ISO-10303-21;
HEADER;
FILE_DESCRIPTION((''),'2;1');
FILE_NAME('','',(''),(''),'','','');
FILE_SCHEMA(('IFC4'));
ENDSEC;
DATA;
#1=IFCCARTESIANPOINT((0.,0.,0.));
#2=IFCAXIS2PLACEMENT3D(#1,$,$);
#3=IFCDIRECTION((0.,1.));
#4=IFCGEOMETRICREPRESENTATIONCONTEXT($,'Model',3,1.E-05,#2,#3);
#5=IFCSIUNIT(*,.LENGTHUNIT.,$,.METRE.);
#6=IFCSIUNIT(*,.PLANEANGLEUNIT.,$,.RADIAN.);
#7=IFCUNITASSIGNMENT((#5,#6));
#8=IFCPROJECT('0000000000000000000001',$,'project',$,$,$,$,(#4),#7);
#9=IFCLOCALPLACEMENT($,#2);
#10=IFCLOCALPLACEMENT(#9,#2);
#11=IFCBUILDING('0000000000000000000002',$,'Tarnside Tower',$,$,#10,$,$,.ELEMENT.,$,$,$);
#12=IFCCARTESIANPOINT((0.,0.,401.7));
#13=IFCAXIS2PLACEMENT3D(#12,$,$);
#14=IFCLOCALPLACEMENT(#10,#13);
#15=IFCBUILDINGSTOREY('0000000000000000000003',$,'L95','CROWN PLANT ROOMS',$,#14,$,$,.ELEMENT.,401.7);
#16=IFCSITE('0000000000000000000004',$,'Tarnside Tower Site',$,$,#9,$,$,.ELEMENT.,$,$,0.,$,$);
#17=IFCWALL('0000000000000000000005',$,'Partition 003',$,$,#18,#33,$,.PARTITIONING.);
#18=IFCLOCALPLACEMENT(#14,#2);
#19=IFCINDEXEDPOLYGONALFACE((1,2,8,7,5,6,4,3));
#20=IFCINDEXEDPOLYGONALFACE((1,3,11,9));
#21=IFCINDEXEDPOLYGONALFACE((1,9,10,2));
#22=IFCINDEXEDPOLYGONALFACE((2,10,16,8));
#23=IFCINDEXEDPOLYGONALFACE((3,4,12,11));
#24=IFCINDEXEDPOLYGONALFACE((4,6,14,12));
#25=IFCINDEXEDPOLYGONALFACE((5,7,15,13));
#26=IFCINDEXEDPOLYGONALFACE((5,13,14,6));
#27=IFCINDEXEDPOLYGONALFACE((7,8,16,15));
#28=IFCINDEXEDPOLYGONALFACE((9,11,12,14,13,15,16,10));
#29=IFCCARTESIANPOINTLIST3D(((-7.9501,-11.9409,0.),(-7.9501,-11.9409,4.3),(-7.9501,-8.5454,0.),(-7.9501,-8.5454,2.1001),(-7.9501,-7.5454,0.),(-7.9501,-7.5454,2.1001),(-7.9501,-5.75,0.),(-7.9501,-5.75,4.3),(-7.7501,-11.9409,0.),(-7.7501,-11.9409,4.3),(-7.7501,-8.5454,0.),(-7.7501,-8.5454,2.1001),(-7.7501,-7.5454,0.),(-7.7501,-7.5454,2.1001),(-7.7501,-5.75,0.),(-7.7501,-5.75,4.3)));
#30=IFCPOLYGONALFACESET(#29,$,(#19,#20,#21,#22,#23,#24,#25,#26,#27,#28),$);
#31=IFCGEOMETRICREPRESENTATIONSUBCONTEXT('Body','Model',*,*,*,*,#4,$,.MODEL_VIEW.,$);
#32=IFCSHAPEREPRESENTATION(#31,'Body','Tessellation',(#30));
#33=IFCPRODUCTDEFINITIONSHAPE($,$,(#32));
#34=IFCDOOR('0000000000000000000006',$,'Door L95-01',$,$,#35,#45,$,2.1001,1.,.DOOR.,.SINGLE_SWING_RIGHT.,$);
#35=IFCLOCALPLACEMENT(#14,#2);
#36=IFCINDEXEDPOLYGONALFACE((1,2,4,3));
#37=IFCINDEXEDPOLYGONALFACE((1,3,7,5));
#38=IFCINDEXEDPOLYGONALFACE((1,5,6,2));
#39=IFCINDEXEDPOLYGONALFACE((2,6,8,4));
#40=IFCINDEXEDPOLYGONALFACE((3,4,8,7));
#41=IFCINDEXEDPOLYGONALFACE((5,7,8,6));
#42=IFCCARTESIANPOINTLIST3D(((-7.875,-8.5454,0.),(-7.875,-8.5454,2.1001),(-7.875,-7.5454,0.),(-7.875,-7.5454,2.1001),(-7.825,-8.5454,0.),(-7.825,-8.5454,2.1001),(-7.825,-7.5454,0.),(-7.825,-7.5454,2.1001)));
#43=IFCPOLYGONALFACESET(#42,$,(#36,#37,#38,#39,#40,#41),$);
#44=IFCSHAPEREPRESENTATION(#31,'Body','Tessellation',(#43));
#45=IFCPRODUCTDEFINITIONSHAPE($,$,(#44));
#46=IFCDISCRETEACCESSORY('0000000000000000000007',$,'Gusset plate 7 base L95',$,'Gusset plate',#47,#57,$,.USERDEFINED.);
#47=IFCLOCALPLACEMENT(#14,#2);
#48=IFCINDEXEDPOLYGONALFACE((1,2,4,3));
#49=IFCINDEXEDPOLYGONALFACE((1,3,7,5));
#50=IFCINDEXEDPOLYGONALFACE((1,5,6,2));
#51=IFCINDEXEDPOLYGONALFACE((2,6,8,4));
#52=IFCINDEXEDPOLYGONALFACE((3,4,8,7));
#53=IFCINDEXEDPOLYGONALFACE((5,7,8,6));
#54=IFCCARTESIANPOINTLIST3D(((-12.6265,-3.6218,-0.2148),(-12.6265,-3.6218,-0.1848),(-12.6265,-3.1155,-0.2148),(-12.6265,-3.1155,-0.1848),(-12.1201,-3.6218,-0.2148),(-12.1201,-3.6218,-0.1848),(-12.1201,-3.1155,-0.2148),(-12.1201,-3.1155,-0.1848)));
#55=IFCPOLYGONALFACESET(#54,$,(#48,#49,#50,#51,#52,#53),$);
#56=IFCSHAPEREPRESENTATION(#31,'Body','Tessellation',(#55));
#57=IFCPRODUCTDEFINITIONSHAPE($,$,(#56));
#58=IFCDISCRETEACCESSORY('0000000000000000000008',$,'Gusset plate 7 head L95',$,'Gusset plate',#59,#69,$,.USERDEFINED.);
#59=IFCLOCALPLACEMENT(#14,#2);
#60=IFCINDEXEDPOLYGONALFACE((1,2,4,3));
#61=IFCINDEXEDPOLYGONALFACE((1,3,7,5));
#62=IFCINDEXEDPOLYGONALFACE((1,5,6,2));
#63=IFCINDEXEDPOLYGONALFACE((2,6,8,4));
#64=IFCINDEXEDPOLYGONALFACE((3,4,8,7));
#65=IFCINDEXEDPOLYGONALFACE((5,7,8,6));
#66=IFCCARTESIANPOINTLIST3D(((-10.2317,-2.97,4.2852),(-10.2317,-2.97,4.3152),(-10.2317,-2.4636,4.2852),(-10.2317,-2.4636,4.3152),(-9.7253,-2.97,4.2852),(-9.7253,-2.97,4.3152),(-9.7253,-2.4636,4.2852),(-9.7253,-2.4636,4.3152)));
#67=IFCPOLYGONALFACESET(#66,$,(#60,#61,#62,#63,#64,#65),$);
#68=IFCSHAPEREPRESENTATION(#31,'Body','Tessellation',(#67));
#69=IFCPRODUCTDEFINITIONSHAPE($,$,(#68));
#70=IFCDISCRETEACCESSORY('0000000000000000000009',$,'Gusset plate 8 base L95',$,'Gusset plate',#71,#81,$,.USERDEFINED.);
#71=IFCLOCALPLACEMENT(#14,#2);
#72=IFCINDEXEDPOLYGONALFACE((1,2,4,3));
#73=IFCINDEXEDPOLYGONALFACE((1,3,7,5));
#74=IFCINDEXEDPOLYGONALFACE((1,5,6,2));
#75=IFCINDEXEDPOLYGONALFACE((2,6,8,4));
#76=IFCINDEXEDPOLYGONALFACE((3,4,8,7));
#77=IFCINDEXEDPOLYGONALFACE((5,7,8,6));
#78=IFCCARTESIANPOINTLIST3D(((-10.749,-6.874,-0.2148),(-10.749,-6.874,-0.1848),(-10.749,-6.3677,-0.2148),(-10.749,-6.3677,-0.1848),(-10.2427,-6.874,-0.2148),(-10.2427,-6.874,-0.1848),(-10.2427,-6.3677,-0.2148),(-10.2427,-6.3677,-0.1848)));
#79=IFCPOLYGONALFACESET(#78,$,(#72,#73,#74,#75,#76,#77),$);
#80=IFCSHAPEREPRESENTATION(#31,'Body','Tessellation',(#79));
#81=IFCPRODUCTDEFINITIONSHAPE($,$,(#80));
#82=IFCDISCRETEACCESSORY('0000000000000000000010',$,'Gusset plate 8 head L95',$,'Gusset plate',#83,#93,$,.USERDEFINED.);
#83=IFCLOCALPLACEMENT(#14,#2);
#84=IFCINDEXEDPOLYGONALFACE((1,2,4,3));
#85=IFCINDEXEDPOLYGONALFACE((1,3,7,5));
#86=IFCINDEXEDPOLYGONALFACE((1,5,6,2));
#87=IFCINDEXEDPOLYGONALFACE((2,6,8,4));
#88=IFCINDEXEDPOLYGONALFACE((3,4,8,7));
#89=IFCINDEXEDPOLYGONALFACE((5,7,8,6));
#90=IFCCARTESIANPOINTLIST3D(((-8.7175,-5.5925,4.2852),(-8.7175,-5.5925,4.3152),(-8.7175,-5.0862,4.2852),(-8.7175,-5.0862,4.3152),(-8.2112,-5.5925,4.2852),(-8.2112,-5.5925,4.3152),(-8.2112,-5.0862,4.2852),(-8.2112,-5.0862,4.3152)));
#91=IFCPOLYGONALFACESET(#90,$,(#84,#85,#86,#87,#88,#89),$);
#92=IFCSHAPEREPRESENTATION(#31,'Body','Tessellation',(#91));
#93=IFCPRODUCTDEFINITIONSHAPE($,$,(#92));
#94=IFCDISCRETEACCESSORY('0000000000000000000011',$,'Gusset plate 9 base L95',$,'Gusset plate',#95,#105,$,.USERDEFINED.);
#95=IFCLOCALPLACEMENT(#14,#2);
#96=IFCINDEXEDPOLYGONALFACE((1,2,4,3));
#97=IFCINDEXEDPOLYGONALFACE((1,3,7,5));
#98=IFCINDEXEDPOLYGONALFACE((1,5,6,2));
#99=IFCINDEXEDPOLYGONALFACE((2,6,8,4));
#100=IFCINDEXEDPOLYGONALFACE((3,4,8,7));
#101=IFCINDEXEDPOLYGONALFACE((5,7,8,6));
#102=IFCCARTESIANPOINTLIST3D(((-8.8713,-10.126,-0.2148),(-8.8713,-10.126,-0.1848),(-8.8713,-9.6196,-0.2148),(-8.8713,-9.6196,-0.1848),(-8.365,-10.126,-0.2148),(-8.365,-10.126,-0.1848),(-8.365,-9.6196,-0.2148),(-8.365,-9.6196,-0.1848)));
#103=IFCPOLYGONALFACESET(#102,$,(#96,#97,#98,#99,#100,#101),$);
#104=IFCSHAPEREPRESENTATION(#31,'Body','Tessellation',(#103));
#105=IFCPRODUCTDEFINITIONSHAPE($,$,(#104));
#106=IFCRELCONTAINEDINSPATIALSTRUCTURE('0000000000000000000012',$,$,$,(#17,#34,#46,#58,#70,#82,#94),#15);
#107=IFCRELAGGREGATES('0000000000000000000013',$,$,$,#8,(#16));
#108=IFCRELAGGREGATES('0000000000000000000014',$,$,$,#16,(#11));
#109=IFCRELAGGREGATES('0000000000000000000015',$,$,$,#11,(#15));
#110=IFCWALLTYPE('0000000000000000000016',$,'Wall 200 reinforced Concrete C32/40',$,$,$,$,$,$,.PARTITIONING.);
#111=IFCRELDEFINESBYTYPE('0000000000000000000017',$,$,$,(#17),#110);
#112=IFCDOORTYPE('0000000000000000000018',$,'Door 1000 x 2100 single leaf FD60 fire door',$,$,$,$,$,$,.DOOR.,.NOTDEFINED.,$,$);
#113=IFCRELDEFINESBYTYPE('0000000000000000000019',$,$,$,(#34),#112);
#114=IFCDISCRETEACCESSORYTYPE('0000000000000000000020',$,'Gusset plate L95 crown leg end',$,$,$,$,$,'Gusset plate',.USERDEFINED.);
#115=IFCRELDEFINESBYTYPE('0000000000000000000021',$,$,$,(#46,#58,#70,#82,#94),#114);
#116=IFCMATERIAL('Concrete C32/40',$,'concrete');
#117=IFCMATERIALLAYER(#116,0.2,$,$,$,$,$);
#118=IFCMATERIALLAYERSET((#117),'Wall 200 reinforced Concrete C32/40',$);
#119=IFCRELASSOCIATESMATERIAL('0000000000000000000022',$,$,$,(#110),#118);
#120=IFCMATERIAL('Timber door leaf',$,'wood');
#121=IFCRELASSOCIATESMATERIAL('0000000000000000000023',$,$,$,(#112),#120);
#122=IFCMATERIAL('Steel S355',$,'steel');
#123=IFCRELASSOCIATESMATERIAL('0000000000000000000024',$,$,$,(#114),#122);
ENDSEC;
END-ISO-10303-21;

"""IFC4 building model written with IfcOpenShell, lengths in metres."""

from ifc_helpers import new_model, si_unit, direction, frame, frame_2d, origin, origin_2d, place, context, subcontext, project, spatial, rectangle, extrude, material, layer, layer_set, type_object, element, fill, save


model = new_model("IFC4")

# Units and contexts
model_context = context("Model", 3, precision=1e-05, world=origin(), true_north=direction((0.0, 1.0)))
body_context = subcontext(model_context, "Body", "Model", "MODEL_VIEW")
ifc_project = project(units=[si_unit("LENGTHUNIT", "METRE"), si_unit("PLANEANGLEUNIT", "RADIAN")], contexts=[model_context])

# Site, building, storey
site_placement = place(None, origin())
site = spatial("IfcSite", under=ifc_project, at=site_placement, Name="Tarnside Tower Site", CompositionType="ELEMENT", RefElevation=0.0)
building_placement = place(site_placement, origin())
building = spatial("IfcBuilding", under=site, at=building_placement, Name="Tarnside Tower", CompositionType="ELEMENT")
storey_placement = place(building_placement, frame((0.0, 0.0, 401.7)))
storey = spatial("IfcBuildingStorey", under=building, at=storey_placement, Name="L95", Description="CROWN PLANT ROOMS", CompositionType="ELEMENT", Elevation=401.7)

# Shared definitions
ifc_material_1 = material(Name="Steel S355", Category="steel")

# Shared definitions
ifc_material_2 = material(Name="Concrete C32/40", Category="concrete")
ifc_layer_1 = layer(ifc_material_2, 0.2)
ifc_layer_set_1 = layer_set([ifc_layer_1], Name="Wall 200 reinforced Concrete C32/40")
wall_type_1 = type_object("IfcWallType", Name="Wall 200 reinforced Concrete C32/40", PredefinedType="PARTITIONING", material=ifc_layer_set_1)

# Wall, opening, door
wall_1_placement = place(storey_placement, frame((-7.8501, -11.9409, 0.0), z_axis=(0.0, 0.0, 1.0), x_axis=(0.0, 1.0, 0.0)))
wall_1 = element("IfcWall", 1, at=wall_1_placement, inside=storey, type_object=wall_type_1, Name="Partition 003", PredefinedType="PARTITIONING", context=body_context, shape_type="SweptSolid", body=[
    extrude(rectangle(XDim=6.1909, YDim=0.2, at=frame_2d((3.0955, 0.0))), origin(), (0.0, 0.0, 1.0), 4.3),
])
opening_1_placement = place(wall_1_placement, frame((3.3955, 0.0, 0.0)))
opening_1 = element("IfcOpeningElement", 2, at=opening_1_placement, cuts=wall_1, PredefinedType="OPENING", context=body_context, shape_type="SweptSolid", body=[
    extrude(rectangle(XDim=1.0, YDim=2.1001, at=frame_2d((0.5, 1.05))), frame((0.0, 0.1099, 0.0), z_axis=(0.0, -1.0, 0.0), x_axis=(1.0, 0.0, 0.0)), (0.0, 0.0, 1.0), 0.22),
])
ifc_material_3 = material(Name="Timber door leaf", Category="wood")
door_type_1 = type_object("IfcDoorType", Name="Door 1000 x 2100 single leaf FD60 fire door", OperationType="NOTDEFINED", PredefinedType="DOOR", material=ifc_material_3)
door_1_placement = place(opening_1_placement, origin())
door_1 = element("IfcDoor", 3, at=door_1_placement, inside=storey, type_object=door_type_1, Name="Door L95-01", OperationType="SINGLE_SWING_RIGHT", OverallHeight=2.1001, OverallWidth=1.0, PredefinedType="DOOR", context=body_context, shape_type="SweptSolid", body=[
    extrude(rectangle(XDim=1.0, YDim=2.1001, at=frame_2d((0.5, 1.05))), frame((0.0, 0.0249, 0.0), z_axis=(0.0, -1.0, 0.0), x_axis=(1.0, 0.0, 0.0)), (0.0, 0.0, 1.0), 0.05),
])
fill(opening_1, door_1)

# Discrete accessories
discrete_accessory_type = type_object("IfcDiscreteAccessoryType", Name="Gusset plate L95 crown leg end", ElementType="Gusset plate", PredefinedType="USERDEFINED", material=ifc_material_1)
for number, where, z_axis, x_axis, name in (
    (4, (-12.3733, -3.3687, -0.2148), (0.0, 0.0, 1.0), (1.0, 0.0, 0.0), "Gusset plate 7 base L95"),
    (5, (-9.9785, -2.7168, 4.2852), (0.0, 0.0, 1.0), (1.0, 0.0, 0.0), "Gusset plate 7 head L95"),
    (6, (-10.4958, -6.6208, -0.2148), (0.0, 0.0, 1.0), (1.0, 0.0, 0.0), "Gusset plate 8 base L95"),
    (7, (-8.4644, -5.3394, 4.2852), (0.0, 0.0, 1.0), (1.0, 0.0, 0.0), "Gusset plate 8 head L95"),
    (8, (-8.6182, -9.8728, -0.2148), (0.0, 0.0, 1.0), (1.0, 0.0, 0.0), "Gusset plate 9 base L95"),
):
    element("IfcDiscreteAccessory", number, at=place(storey_placement, frame(where, z_axis=z_axis, x_axis=x_axis)), inside=storey, type_object=discrete_accessory_type, Name=name, ObjectType="Gusset plate", PredefinedType="USERDEFINED", context=body_context, shape_type="SweptSolid", body=[
        extrude(rectangle(XDim=0.5063, YDim=0.5063, at=origin_2d()), origin(), (0.0, 0.0, 1.0), 0.03),
    ])

save(model, "model.ifc")
